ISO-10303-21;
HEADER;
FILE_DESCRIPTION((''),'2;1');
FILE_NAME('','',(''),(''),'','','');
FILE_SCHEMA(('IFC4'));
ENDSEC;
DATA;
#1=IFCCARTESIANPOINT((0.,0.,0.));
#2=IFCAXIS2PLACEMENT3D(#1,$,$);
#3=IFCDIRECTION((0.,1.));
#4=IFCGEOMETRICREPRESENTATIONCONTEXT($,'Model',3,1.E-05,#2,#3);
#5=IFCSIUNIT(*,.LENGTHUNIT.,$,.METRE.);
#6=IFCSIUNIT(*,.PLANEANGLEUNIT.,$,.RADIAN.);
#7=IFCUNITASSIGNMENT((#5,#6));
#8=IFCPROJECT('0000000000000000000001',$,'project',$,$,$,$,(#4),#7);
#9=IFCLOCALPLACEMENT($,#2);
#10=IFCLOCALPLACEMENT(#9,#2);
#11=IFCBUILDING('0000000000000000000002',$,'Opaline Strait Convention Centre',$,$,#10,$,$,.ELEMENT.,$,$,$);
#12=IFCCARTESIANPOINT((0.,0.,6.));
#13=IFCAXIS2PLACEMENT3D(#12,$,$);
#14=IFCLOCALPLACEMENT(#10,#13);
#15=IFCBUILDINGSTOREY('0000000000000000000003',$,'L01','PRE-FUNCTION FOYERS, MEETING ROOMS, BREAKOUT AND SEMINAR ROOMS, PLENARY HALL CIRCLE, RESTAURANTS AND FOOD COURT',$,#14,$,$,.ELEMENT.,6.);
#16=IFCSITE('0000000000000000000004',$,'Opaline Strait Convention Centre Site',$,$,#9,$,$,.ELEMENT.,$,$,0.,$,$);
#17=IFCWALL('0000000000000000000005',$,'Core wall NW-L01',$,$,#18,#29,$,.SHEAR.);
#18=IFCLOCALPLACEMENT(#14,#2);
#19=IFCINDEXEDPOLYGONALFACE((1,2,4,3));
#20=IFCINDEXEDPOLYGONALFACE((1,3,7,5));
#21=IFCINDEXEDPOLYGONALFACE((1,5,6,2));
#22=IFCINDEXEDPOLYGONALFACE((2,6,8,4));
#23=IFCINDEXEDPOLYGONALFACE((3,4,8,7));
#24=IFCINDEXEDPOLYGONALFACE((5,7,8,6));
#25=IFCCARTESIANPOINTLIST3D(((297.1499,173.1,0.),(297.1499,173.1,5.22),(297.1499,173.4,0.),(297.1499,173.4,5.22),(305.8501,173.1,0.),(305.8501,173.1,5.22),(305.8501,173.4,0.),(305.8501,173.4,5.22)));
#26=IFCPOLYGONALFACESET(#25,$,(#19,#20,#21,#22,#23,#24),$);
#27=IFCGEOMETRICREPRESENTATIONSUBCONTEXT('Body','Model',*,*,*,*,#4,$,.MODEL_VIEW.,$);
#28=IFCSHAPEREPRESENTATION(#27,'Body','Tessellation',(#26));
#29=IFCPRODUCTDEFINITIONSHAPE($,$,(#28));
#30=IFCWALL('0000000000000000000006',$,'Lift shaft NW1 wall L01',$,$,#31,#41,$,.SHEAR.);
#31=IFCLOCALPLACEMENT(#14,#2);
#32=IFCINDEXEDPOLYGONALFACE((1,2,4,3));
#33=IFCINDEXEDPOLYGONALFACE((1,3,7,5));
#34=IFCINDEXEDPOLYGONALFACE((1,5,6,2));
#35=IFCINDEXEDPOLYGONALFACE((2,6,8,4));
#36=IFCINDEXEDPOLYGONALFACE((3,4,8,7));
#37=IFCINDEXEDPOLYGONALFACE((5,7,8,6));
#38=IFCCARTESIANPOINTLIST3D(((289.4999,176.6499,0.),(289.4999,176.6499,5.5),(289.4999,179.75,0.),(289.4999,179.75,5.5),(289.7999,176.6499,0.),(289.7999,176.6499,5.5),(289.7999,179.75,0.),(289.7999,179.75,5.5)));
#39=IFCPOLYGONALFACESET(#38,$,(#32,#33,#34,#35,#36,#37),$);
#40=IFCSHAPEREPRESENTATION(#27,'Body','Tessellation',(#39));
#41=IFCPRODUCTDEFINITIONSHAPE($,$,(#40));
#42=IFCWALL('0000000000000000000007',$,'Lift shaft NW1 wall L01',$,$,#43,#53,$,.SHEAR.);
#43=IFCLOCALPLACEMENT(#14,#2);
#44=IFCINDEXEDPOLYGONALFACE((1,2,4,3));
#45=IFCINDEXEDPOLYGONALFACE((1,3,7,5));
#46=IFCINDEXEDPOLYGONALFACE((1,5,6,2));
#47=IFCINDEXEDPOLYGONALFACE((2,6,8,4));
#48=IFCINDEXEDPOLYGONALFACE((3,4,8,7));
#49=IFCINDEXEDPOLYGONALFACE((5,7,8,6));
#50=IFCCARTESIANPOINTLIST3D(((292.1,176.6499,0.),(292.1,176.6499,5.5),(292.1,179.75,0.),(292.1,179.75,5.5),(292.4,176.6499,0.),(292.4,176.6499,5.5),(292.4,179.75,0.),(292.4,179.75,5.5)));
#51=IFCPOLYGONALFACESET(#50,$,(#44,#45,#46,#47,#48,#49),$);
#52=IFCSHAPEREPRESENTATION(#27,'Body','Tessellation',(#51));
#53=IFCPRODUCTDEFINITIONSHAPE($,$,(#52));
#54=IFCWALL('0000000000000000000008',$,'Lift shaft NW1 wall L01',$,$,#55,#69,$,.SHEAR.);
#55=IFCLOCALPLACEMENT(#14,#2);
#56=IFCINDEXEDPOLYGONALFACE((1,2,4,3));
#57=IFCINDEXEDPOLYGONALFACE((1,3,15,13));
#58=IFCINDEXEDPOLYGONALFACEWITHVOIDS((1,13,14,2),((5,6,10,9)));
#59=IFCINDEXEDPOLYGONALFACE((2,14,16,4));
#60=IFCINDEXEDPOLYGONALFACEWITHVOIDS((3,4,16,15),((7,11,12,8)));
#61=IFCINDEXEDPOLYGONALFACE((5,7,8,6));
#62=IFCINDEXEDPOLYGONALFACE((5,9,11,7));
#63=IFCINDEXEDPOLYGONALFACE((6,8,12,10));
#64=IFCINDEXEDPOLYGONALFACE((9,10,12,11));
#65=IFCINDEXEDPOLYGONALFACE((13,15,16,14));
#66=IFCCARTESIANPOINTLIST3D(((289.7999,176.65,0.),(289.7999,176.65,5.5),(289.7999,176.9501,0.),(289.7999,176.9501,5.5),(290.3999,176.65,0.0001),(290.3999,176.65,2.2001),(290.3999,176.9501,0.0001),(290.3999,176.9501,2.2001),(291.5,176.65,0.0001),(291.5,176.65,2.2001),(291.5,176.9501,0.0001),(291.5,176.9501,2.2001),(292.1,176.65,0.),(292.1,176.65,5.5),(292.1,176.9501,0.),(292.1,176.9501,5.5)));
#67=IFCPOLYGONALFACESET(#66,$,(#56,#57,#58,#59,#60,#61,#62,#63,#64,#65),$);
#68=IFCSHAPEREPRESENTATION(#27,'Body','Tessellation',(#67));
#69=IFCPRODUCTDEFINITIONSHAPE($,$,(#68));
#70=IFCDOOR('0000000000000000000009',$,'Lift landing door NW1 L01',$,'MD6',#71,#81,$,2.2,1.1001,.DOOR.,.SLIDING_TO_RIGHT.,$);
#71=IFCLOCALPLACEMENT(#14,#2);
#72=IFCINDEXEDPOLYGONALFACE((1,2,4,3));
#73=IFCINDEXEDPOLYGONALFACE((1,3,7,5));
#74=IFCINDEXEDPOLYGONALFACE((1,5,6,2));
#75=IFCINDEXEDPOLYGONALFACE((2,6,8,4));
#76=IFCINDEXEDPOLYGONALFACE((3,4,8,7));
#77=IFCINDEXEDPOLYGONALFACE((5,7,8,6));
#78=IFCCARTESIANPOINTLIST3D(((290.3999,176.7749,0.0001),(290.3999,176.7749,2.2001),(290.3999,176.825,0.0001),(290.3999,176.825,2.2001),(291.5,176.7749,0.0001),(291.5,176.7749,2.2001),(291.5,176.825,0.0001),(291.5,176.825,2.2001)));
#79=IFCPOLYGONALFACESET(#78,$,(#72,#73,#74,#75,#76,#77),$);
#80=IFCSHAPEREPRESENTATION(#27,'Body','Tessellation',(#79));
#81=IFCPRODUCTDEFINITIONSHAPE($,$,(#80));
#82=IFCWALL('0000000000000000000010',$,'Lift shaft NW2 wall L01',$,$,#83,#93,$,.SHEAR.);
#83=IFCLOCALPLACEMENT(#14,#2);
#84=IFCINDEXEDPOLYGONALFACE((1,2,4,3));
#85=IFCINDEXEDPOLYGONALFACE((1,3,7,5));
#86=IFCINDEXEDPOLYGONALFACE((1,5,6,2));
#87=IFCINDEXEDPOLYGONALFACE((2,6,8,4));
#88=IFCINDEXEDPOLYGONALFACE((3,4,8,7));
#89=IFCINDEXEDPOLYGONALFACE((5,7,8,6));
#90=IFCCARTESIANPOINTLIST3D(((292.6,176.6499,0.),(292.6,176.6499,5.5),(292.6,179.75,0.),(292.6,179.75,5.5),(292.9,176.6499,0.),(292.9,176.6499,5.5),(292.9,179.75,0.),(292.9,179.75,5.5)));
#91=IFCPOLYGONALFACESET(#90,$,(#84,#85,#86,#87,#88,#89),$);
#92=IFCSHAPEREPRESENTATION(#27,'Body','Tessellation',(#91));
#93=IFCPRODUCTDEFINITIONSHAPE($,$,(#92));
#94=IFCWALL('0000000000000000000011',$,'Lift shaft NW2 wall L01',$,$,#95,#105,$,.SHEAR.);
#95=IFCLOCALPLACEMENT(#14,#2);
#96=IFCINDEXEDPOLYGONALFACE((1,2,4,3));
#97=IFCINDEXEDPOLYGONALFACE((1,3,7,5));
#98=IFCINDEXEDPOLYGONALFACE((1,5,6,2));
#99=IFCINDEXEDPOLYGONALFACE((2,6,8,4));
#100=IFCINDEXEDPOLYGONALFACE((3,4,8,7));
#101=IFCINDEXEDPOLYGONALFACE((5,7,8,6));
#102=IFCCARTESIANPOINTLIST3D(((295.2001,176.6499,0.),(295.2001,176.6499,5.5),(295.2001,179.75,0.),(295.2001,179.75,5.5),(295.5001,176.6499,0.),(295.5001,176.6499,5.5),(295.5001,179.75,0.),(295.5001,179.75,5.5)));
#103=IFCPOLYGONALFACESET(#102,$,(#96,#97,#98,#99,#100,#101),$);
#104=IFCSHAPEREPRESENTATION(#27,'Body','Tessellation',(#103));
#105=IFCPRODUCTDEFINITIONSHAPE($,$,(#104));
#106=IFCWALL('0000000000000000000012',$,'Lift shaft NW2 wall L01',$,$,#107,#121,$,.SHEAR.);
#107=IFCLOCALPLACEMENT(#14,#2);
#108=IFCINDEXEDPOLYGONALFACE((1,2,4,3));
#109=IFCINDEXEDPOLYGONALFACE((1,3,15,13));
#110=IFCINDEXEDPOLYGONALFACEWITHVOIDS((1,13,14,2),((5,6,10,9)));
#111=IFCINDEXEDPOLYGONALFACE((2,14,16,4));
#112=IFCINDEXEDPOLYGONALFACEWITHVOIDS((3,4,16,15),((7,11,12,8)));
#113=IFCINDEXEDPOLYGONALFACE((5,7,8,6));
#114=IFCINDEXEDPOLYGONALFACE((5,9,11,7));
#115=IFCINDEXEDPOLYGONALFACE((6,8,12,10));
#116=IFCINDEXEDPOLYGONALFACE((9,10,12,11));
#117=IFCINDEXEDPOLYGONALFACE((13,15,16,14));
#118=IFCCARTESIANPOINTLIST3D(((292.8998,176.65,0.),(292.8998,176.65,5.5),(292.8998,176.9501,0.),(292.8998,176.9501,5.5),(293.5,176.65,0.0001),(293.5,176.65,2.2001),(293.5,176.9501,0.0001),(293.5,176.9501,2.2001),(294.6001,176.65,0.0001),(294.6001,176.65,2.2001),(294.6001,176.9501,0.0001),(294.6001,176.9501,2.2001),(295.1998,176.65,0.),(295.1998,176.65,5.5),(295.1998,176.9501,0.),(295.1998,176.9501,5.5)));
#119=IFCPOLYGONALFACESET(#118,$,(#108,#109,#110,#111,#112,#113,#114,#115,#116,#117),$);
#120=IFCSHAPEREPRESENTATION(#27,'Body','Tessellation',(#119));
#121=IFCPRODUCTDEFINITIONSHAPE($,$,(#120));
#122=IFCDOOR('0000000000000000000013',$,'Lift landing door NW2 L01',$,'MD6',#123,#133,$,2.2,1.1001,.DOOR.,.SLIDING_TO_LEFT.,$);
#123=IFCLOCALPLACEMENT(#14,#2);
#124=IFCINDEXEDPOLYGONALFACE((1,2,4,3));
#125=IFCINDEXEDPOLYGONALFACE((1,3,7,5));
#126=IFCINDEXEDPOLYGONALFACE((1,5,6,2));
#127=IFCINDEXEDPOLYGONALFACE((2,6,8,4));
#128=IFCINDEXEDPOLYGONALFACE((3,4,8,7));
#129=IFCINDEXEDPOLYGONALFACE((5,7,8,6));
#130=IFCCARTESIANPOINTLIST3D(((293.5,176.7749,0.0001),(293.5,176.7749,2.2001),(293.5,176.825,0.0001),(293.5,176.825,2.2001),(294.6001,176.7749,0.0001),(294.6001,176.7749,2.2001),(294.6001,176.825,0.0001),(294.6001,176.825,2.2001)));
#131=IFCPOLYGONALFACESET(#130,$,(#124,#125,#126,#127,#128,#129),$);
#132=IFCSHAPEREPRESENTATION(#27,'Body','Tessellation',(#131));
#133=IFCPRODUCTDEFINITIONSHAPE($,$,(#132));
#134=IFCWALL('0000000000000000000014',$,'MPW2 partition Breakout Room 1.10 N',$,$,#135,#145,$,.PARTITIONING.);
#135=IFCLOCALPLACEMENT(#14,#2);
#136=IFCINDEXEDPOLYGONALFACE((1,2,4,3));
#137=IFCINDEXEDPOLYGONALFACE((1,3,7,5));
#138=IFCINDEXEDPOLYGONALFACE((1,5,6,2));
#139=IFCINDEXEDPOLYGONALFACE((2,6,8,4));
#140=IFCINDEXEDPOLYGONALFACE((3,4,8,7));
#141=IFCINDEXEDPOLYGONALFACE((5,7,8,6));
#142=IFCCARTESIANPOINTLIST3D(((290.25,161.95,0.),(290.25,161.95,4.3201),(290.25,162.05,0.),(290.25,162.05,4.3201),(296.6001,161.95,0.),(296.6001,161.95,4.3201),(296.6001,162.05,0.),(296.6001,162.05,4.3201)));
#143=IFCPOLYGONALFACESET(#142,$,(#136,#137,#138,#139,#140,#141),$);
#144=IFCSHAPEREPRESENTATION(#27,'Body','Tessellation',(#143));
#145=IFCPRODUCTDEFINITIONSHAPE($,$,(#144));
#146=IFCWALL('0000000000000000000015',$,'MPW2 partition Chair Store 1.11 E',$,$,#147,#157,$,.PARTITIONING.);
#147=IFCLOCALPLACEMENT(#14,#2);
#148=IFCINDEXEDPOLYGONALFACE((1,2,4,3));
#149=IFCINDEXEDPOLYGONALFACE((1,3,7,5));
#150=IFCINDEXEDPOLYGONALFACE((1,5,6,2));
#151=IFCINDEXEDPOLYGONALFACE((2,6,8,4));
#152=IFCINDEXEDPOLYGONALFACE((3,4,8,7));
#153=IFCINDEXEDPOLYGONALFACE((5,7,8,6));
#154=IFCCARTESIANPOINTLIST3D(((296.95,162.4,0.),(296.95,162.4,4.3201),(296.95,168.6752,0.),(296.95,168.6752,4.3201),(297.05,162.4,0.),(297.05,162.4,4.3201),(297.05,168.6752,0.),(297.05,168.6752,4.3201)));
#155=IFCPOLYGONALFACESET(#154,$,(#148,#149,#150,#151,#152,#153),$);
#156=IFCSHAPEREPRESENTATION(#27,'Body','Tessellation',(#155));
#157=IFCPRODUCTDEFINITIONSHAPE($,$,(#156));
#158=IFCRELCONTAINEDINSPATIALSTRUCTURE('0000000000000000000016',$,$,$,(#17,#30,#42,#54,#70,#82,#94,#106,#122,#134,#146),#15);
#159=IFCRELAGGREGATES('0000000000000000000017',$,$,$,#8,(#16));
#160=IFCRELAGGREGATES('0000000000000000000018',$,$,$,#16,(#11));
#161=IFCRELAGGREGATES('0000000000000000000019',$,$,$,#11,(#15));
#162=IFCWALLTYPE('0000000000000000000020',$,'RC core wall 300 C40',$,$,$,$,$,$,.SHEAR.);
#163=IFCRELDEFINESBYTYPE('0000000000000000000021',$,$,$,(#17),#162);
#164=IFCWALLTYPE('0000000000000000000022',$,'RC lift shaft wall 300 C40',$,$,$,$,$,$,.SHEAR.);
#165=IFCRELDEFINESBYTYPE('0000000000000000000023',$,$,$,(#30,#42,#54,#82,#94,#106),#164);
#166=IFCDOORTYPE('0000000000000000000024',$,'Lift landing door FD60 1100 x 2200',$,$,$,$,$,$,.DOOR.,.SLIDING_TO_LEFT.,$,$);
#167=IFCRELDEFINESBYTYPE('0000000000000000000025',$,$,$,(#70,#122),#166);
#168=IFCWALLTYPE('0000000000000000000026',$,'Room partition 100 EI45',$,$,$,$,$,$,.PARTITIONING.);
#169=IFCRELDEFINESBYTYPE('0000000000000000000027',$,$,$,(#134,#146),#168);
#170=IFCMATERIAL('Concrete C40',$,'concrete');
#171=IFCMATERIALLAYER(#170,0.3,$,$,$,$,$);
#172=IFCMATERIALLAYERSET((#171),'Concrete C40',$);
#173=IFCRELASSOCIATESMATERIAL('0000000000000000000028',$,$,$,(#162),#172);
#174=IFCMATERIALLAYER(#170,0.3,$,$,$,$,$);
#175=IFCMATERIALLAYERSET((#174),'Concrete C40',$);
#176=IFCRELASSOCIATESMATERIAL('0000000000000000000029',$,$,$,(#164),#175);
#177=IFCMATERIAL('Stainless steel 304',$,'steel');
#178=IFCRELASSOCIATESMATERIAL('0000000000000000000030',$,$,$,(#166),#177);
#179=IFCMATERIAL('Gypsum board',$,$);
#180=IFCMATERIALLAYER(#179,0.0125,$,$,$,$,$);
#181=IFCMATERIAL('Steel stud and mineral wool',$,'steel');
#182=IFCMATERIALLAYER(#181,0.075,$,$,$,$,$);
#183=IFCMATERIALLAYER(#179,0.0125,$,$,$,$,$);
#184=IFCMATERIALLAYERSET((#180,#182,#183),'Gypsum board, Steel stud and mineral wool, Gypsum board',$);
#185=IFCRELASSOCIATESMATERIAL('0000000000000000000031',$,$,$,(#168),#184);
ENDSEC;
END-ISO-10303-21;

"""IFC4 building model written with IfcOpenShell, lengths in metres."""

from ifc_helpers import new_model, si_unit, direction, frame, frame_2d, origin, place, context, subcontext, project, spatial, rectangle, extrude, material, layer, layer_set, type_object, element, fill, save


model = new_model("IFC4")

# Units and contexts
model_context = context("Model", 3, precision=1e-05, world=origin(), true_north=direction((0.0, 1.0)))
body_context = subcontext(model_context, "Body", "Model", "MODEL_VIEW")
ifc_project = project(units=[si_unit("LENGTHUNIT", "METRE"), si_unit("PLANEANGLEUNIT", "RADIAN")], contexts=[model_context])

# Site, building, storey
site_placement = place(None, origin())
site = spatial("IfcSite", under=ifc_project, at=site_placement, Name="Opaline Strait Convention Centre Site", CompositionType="ELEMENT", RefElevation=0.0)
building_placement = place(site_placement, origin())
building = spatial("IfcBuilding", under=site, at=building_placement, Name="Opaline Strait Convention Centre", CompositionType="ELEMENT")
storey_placement = place(building_placement, frame((0.0, 0.0, 6.0)))
storey = spatial("IfcBuildingStorey", under=building, at=storey_placement, Name="L01", Description="PRE-FUNCTION FOYERS, MEETING ROOMS, BREAKOUT AND SEMINAR ROOMS, PLENARY HALL CIRCLE, RESTAURANTS AND FOOD COURT", CompositionType="ELEMENT", Elevation=6.0)

# Shared definitions
ifc_material_1 = material(Name="Concrete C40", Category="concrete")

# Shared definitions
ifc_material_2 = material(Name="Gypsum board")
ifc_material_3 = material(Name="Steel stud and mineral wool", Category="steel")

# Shared definitions
ifc_layer_1 = layer(ifc_material_1, 0.3)
ifc_layer_set_1 = layer_set([ifc_layer_1], Name="Concrete C40")
wall_type_1 = type_object("IfcWallType", Name="RC core wall 300 C40", PredefinedType="SHEAR", material=ifc_layer_set_1)

# Walls
wall_1_placement = place(storey_placement, frame((297.1499, 173.25, 0.0), z_axis=(0.0, 0.0, 1.0), x_axis=(1.0, 0.0, 0.0)))
element("IfcWall", 1, at=wall_1_placement, inside=storey, type_object=wall_type_1, Name="Core wall NW-L01", PredefinedType="SHEAR", context=body_context, shape_type="SweptSolid", body=[
    extrude(rectangle(XDim=8.7002, YDim=0.3, at=frame_2d((4.3501, 0.0))), origin(), (0.0, 0.0, 1.0), 5.22),
])
ifc_layer_2 = layer(ifc_material_1, 0.3)
ifc_layer_set_2 = layer_set([ifc_layer_2], Name="Concrete C40")
wall_type_2 = type_object("IfcWallType", Name="RC lift shaft wall 300 C40", PredefinedType="SHEAR", material=ifc_layer_set_2)
for number, where, z_axis, x_axis, name in (
    (2, (289.6499, 176.6499, 0.0), (0.0, 0.0, 1.0), (0.0, 1.0, 0.0), "Lift shaft NW1 wall L01"),
    (3, (292.25, 176.6499, 0.0), (0.0, 0.0, 1.0), (0.0, 1.0, 0.0), "Lift shaft NW1 wall L01"),
):
    element("IfcWall", number, at=place(storey_placement, frame(where, z_axis=z_axis, x_axis=x_axis)), inside=storey, type_object=wall_type_2, Name=name, PredefinedType="SHEAR", context=body_context, shape_type="SweptSolid", body=[
        extrude(rectangle(XDim=3.1001, YDim=0.3, at=frame_2d((1.55, 0.0))), origin(), (0.0, 0.0, 1.0), 5.5),
    ])

# Wall, opening, door
wall_2_placement = place(storey_placement, frame((289.8, 176.8, 0.0), z_axis=(0.0, 0.0, 1.0), x_axis=(1.0, 0.0, 0.0)))
wall_2 = element("IfcWall", 4, at=wall_2_placement, inside=storey, type_object=wall_type_2, Name="Lift shaft NW1 wall L01", PredefinedType="SHEAR", context=body_context, shape_type="SweptSolid", body=[
    extrude(rectangle(XDim=2.3, YDim=0.3, at=frame_2d((1.1499, 0.0))), origin(), (0.0, 0.0, 1.0), 5.5),
])
opening_1_placement = place(wall_2_placement, frame((0.5999, 0.0, 0.0)))
opening_1 = element("IfcOpeningElement", 5, at=opening_1_placement, cuts=wall_2, PredefinedType="OPENING", context=body_context, shape_type="SweptSolid", body=[
    extrude(rectangle(XDim=1.1001, YDim=2.2, at=frame_2d((0.55, 1.1001))), frame((0.0, 0.1599, 0.0), z_axis=(0.0, -1.0, 0.0), x_axis=(1.0, 0.0, 0.0)), (0.0, 0.0, 1.0), 0.3201),
])
ifc_material_4 = material(Name="Stainless steel 304", Category="steel")
door_type_1 = type_object("IfcDoorType", Name="Lift landing door FD60 1100 x 2200", OperationType="SLIDING_TO_LEFT", PredefinedType="DOOR", material=ifc_material_4)
door_1_placement = place(opening_1_placement, origin())
door_1 = element("IfcDoor", 6, at=door_1_placement, inside=storey, type_object=door_type_1, Name="Lift landing door NW1 L01", ObjectType="MD6", OperationType="SLIDING_TO_RIGHT", OverallHeight=2.2, OverallWidth=1.1001, PredefinedType="DOOR", context=body_context, shape_type="SweptSolid", body=[
    extrude(rectangle(XDim=1.1001, YDim=2.2, at=frame_2d((0.55, 1.1001))), frame((0.0, 0.0249, 0.0), z_axis=(0.0, -1.0, 0.0), x_axis=(1.0, 0.0, 0.0)), (0.0, 0.0, 1.0), 0.05),
])
fill(opening_1, door_1)

# Walls
for number, where, z_axis, x_axis, name in (
    (7, (292.75, 176.6499, 0.0), (0.0, 0.0, 1.0), (0.0, 1.0, 0.0), "Lift shaft NW2 wall L01"),
    (8, (295.3501, 176.6499, 0.0), (0.0, 0.0, 1.0), (0.0, 1.0, 0.0), "Lift shaft NW2 wall L01"),
):
    element("IfcWall", number, at=place(storey_placement, frame(where, z_axis=z_axis, x_axis=x_axis)), inside=storey, type_object=wall_type_2, Name=name, PredefinedType="SHEAR", context=body_context, shape_type="SweptSolid", body=[
        extrude(rectangle(XDim=3.1001, YDim=0.3, at=frame_2d((1.55, 0.0))), origin(), (0.0, 0.0, 1.0), 5.5),
    ])

# Wall, opening, door
wall_3_placement = place(storey_placement, frame((292.8999, 176.8, 0.0), z_axis=(0.0, 0.0, 1.0), x_axis=(1.0, 0.0, 0.0)))
wall_3 = element("IfcWall", 9, at=wall_3_placement, inside=storey, type_object=wall_type_2, Name="Lift shaft NW2 wall L01", PredefinedType="SHEAR", context=body_context, shape_type="SweptSolid", body=[
    extrude(rectangle(XDim=2.3, YDim=0.3, at=frame_2d((1.1499, 0.0))), origin(), (0.0, 0.0, 1.0), 5.5),
])
opening_2_placement = place(wall_3_placement, frame((0.6001, 0.0, 0.0)))
opening_2 = element("IfcOpeningElement", 10, at=opening_2_placement, cuts=wall_3, PredefinedType="OPENING", context=body_context, shape_type="SweptSolid", body=[
    extrude(rectangle(XDim=1.1001, YDim=2.2, at=frame_2d((0.55, 1.1001))), frame((0.0, 0.1599, 0.0), z_axis=(0.0, -1.0, 0.0), x_axis=(1.0, 0.0, 0.0)), (0.0, 0.0, 1.0), 0.3201),
])
door_2_placement = place(opening_2_placement, origin())
door_2 = element("IfcDoor", 11, at=door_2_placement, inside=storey, type_object=door_type_1, Name="Lift landing door NW2 L01", ObjectType="MD6", OperationType="SLIDING_TO_LEFT", OverallHeight=2.2, OverallWidth=1.1001, PredefinedType="DOOR", context=body_context, shape_type="SweptSolid", body=[
    extrude(rectangle(XDim=1.1001, YDim=2.2, at=frame_2d((0.55, 1.1001))), frame((0.0, 0.0249, 0.0), z_axis=(0.0, -1.0, 0.0), x_axis=(1.0, 0.0, 0.0)), (0.0, 0.0, 1.0), 0.05),
])
fill(opening_2, door_2)

# Walls
ifc_layer_3 = layer(ifc_material_2, 0.0125)
ifc_layer_4 = layer(ifc_material_3, 0.075)
ifc_layer_5 = layer(ifc_material_2, 0.0125)
ifc_layer_set_3 = layer_set([ifc_layer_3, ifc_layer_4, ifc_layer_5], Name="Gypsum board, Steel stud and mineral wool, Gypsum board")
wall_type_3 = type_object("IfcWallType", Name="Room partition 100 EI45", PredefinedType="PARTITIONING", material=ifc_layer_set_3)
wall_4_placement = place(storey_placement, frame((290.25, 162.0, 0.0), z_axis=(0.0, 0.0, 1.0), x_axis=(1.0, 0.0, 0.0)))
element("IfcWall", 12, at=wall_4_placement, inside=storey, type_object=wall_type_3, Name="MPW2 partition Breakout Room 1.10 N", PredefinedType="PARTITIONING", context=body_context, shape_type="SweptSolid", body=[
    extrude(rectangle(XDim=6.3501, YDim=0.1001, at=frame_2d((3.175, 0.0))), origin(), (0.0, 0.0, 1.0), 4.3201),
])
wall_5_placement = place(storey_placement, frame((297.0, 162.3999, 0.0), z_axis=(0.0, 0.0, 1.0), x_axis=(0.0, 1.0, 0.0)))
element("IfcWall", 13, at=wall_5_placement, inside=storey, type_object=wall_type_3, Name="MPW2 partition Chair Store 1.11 E", PredefinedType="PARTITIONING", context=body_context, shape_type="SweptSolid", body=[
    extrude(rectangle(XDim=6.2751, YDim=0.1001, at=frame_2d((3.1377, 0.0))), origin(), (0.0, 0.0, 1.0), 4.3201),
])

save(model, "model.ifc")
